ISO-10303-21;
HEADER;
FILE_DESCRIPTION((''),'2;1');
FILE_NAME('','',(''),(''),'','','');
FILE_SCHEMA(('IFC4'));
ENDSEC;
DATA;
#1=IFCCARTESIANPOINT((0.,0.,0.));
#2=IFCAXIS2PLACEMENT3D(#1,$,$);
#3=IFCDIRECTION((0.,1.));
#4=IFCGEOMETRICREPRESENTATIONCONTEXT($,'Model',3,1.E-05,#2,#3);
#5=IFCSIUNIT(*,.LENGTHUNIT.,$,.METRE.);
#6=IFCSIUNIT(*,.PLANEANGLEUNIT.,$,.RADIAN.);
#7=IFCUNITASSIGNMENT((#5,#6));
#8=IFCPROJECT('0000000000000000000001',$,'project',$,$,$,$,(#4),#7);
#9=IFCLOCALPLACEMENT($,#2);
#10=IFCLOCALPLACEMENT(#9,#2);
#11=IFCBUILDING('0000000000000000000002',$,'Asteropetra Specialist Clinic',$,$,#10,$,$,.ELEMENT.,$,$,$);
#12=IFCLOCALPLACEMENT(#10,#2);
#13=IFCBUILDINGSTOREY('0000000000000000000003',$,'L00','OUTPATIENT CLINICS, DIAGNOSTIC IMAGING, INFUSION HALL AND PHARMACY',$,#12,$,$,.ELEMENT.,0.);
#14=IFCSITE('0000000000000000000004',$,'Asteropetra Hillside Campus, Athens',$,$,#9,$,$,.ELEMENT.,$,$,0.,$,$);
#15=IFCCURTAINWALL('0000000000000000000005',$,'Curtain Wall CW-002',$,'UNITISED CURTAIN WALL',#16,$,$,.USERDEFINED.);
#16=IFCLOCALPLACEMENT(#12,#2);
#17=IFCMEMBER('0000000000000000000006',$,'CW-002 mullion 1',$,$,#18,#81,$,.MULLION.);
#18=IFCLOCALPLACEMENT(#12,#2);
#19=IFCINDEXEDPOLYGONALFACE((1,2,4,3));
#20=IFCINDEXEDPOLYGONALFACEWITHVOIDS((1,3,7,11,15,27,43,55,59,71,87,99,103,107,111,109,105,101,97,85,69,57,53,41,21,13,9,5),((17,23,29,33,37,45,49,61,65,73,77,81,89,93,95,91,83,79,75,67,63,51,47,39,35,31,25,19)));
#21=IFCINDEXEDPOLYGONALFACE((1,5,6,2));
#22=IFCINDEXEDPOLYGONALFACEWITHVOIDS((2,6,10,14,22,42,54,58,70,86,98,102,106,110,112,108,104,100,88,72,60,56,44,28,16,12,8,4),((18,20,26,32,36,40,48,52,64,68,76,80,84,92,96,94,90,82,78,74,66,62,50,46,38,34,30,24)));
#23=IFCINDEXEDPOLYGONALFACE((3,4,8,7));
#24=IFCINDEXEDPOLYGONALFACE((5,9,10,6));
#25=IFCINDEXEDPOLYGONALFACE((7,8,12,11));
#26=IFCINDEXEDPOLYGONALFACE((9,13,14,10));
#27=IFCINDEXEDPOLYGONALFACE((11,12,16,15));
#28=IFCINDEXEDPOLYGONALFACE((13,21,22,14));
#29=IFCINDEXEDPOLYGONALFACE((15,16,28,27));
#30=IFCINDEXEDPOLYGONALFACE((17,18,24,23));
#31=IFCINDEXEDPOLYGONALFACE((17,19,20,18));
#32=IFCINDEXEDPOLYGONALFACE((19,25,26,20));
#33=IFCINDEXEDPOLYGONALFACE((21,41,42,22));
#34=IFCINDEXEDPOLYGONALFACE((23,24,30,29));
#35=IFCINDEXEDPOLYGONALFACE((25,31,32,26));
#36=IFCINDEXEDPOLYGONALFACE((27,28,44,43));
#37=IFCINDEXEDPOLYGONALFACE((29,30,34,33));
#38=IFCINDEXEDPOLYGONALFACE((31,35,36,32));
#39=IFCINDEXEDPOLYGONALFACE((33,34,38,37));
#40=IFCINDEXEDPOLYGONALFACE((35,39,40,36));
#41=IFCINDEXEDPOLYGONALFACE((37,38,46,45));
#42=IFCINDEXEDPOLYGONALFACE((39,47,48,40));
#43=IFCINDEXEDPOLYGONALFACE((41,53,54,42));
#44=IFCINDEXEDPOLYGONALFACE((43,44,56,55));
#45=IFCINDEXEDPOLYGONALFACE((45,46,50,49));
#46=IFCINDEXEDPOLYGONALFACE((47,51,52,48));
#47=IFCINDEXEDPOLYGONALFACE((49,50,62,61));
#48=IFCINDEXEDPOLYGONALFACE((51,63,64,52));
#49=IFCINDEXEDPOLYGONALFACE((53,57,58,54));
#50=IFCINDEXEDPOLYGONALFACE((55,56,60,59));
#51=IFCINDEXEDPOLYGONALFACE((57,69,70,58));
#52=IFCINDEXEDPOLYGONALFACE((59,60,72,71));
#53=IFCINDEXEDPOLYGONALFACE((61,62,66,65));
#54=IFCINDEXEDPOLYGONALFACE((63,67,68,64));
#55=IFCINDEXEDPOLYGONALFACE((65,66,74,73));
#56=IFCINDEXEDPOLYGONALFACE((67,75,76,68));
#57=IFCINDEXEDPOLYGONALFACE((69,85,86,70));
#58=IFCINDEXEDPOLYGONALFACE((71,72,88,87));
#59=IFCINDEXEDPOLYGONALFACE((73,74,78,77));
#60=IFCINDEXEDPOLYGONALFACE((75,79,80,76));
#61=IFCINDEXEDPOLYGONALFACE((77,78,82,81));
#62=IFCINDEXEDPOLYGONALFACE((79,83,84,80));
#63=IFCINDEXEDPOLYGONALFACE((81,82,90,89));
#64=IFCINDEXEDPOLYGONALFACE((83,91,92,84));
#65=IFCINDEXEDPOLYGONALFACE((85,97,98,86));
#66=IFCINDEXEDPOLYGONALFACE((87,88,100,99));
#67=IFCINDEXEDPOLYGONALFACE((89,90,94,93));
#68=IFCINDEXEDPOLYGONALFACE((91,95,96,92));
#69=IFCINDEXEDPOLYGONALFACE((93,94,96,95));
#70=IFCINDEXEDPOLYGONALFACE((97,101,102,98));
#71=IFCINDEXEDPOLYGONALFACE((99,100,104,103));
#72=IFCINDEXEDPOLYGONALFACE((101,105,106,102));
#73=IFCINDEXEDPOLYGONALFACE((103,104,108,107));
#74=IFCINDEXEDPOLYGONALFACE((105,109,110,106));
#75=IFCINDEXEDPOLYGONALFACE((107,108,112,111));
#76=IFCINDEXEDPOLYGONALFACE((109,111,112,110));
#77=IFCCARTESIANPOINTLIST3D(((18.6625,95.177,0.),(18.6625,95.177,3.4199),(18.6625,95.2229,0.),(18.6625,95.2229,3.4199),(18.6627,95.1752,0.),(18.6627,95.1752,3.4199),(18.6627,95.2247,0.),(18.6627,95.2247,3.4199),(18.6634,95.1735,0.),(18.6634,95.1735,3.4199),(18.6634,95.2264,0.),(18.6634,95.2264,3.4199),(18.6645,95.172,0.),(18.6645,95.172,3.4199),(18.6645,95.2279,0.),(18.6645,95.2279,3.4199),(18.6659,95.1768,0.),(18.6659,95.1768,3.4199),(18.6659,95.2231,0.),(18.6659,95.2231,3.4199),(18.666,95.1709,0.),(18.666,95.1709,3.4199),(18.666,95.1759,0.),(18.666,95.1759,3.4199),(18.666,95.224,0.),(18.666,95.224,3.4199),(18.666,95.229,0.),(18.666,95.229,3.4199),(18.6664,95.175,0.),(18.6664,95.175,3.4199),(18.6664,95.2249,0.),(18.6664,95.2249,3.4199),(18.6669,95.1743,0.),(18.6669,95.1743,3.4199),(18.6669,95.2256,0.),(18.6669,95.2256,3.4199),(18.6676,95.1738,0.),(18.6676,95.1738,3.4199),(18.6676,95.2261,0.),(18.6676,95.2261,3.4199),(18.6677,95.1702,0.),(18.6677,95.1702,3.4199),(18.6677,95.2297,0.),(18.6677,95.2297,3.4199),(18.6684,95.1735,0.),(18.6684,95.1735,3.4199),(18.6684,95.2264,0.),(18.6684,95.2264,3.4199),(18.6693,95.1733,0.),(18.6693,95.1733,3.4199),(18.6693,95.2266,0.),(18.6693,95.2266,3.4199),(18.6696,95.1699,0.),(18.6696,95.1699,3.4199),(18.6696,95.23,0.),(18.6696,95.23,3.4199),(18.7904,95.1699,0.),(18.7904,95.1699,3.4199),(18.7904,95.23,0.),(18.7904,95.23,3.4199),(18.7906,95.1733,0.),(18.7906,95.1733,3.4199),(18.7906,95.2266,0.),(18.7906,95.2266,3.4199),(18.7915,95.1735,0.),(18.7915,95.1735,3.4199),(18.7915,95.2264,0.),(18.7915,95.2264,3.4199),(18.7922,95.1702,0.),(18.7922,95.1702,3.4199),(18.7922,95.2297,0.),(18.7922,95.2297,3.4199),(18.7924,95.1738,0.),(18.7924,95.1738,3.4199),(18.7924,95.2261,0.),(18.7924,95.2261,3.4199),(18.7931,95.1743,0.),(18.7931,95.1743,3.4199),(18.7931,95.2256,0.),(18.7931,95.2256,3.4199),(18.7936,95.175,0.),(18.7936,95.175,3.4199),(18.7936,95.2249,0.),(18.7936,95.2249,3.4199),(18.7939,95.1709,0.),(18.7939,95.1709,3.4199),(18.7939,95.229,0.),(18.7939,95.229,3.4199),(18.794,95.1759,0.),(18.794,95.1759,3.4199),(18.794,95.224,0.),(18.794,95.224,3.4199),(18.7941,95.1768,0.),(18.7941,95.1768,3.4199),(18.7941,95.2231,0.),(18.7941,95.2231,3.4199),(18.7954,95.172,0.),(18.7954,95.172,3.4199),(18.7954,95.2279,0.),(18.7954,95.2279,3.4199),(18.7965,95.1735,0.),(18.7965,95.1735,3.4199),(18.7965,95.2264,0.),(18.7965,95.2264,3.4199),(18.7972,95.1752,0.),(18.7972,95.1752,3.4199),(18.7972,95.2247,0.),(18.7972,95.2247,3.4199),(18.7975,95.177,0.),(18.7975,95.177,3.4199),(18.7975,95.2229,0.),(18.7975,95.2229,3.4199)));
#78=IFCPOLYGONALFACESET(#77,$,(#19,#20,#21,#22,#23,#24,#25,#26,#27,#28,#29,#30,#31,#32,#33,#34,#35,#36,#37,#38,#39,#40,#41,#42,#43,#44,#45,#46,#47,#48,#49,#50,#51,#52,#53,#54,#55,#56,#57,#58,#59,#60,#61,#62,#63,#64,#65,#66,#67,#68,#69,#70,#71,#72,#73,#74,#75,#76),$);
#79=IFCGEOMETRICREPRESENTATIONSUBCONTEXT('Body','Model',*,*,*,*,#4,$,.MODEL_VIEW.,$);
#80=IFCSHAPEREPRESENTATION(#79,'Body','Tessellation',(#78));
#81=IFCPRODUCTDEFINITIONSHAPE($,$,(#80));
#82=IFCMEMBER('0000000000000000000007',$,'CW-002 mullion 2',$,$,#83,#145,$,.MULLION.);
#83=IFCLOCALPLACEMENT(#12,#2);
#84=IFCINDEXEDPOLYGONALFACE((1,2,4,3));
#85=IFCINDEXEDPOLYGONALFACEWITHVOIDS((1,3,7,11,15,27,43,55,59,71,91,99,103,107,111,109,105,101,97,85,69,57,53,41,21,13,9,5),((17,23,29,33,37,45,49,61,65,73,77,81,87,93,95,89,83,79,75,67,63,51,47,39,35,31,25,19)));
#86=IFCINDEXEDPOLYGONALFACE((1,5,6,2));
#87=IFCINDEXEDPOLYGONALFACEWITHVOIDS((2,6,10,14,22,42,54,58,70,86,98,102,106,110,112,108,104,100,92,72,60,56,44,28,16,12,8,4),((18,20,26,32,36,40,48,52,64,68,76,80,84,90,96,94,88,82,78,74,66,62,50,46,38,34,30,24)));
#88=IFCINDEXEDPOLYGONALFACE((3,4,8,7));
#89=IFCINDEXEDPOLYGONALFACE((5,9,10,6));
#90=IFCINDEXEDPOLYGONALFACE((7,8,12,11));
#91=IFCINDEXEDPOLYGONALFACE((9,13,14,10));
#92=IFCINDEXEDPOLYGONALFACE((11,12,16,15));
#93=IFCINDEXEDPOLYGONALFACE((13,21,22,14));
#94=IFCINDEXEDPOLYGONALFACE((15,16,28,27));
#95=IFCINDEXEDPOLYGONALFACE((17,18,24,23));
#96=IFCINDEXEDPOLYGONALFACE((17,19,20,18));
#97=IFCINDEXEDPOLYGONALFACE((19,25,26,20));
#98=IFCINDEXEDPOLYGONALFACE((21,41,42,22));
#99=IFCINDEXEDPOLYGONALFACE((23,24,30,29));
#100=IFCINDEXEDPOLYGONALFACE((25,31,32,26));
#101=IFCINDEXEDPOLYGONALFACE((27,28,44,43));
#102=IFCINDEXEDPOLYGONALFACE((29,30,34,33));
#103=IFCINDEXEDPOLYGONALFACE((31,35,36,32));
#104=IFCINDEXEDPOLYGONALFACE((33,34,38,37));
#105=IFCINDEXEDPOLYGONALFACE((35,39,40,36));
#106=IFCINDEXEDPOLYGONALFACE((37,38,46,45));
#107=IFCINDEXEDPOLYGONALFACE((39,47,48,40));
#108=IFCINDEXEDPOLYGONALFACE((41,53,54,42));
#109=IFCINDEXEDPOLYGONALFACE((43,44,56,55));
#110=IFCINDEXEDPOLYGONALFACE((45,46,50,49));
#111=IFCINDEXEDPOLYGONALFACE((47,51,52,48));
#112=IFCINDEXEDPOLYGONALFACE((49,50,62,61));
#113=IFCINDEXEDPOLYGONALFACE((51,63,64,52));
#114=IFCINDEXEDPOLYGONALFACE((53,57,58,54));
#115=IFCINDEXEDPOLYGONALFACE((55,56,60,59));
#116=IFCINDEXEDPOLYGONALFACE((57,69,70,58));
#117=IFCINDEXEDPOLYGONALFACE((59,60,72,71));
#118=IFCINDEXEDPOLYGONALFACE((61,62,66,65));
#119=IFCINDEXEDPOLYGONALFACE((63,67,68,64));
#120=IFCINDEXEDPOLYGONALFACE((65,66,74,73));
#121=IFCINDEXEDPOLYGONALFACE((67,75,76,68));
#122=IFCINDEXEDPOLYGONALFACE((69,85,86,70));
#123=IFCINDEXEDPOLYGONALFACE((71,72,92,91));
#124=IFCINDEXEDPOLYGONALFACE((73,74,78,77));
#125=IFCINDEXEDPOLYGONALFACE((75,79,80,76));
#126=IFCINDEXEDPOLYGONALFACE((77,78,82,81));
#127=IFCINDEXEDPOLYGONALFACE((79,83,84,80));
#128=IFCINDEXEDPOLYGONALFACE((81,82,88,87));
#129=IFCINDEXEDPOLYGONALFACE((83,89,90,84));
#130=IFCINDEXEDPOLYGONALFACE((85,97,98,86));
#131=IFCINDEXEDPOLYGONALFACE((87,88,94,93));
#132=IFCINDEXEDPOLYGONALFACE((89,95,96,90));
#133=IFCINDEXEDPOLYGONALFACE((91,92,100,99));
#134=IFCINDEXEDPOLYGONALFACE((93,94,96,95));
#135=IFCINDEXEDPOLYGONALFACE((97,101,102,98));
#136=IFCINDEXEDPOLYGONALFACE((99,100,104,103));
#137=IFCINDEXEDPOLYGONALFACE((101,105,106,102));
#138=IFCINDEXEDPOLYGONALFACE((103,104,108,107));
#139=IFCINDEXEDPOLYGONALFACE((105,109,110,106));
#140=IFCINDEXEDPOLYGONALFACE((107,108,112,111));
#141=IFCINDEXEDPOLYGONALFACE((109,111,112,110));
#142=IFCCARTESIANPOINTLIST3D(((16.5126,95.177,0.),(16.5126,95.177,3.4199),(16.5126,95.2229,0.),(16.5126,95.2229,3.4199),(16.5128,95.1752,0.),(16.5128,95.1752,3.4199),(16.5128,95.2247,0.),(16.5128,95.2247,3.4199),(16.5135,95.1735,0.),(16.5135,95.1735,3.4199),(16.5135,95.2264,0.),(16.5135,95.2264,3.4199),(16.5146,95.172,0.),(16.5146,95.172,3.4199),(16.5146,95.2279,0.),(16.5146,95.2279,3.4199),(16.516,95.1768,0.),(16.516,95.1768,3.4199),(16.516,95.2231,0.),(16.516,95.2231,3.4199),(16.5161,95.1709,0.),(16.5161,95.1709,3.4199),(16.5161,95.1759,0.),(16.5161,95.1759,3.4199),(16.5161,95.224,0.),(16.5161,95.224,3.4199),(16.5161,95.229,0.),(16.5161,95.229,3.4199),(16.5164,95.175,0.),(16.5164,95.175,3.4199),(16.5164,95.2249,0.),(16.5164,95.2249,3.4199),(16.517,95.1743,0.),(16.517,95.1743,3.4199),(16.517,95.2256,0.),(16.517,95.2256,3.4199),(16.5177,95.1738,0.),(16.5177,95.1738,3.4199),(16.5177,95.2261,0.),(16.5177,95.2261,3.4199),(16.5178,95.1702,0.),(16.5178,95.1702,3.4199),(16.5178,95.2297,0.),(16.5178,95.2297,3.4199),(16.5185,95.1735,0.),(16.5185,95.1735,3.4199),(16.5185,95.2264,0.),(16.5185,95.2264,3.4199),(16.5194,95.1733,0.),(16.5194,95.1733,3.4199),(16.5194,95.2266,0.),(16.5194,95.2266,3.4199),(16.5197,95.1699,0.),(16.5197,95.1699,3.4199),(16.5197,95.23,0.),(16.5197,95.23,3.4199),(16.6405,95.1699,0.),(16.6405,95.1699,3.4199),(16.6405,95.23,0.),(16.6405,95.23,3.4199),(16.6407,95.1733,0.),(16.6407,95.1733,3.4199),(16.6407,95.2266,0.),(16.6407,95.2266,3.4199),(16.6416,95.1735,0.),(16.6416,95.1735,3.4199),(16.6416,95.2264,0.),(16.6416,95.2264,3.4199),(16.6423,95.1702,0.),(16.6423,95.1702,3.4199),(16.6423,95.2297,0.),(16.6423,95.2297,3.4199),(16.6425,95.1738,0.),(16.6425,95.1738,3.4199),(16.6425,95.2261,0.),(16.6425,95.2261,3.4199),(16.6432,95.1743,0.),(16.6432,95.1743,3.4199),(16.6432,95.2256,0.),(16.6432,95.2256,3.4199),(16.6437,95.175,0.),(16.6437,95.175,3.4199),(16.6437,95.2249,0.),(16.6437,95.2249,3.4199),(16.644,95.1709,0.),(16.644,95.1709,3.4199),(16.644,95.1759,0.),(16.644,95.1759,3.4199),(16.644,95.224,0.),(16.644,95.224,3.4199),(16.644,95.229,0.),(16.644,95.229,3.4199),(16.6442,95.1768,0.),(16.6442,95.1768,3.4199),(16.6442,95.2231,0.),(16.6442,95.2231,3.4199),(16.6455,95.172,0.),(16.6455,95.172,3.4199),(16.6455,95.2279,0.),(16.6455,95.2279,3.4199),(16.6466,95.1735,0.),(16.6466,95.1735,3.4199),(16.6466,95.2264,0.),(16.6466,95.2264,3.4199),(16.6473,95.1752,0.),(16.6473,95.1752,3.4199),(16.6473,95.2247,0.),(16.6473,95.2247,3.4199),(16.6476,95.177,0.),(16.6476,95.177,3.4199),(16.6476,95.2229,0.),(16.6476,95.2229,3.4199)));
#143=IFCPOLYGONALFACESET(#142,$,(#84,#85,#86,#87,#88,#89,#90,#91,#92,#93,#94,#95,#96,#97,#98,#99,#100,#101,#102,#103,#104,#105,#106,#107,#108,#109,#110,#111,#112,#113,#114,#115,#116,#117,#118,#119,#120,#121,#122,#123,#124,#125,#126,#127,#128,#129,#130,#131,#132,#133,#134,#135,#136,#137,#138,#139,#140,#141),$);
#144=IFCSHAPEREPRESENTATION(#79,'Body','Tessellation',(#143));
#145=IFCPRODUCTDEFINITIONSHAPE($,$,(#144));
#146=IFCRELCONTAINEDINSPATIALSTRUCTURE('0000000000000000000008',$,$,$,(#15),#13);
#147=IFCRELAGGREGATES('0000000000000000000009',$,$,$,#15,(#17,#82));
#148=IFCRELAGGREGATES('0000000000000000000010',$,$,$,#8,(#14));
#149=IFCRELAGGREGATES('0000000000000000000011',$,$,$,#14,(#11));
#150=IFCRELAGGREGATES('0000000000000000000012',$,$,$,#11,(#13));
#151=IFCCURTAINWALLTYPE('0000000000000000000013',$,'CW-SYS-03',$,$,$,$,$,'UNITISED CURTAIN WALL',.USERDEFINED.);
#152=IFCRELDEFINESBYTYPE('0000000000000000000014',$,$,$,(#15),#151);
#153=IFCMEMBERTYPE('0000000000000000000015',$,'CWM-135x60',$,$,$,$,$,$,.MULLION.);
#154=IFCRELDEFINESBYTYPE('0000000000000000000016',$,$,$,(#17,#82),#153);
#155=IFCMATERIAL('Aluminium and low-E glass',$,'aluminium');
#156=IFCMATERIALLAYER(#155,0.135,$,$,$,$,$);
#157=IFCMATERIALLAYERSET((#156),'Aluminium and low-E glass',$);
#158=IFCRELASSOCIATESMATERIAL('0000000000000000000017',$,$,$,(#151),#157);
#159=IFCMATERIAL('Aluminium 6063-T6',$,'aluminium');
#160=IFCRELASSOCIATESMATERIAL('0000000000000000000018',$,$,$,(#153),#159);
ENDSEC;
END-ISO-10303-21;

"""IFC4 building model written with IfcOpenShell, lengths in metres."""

from ifc_helpers import new_model, si_unit, direction, frame, origin, origin_2d, place, context, subcontext, project, spatial, hollow_rectangle, extrude, material, layer, layer_set, material_profile, profile_set, type_object, element, aggregate, save


model = new_model("IFC4")

# Units and contexts
model_context = context("Model", 3, precision=1e-05, world=origin(), true_north=direction((0.0, 1.0)))
body_context = subcontext(model_context, "Body", "Model", "MODEL_VIEW")
ifc_project = project(units=[si_unit("LENGTHUNIT", "METRE"), si_unit("PLANEANGLEUNIT", "RADIAN")], contexts=[model_context])

# Site, building, storey
site_placement = place(None, origin())
site = spatial("IfcSite", under=ifc_project, at=site_placement, Name="Asteropetra Hillside Campus, Athens", CompositionType="ELEMENT", RefElevation=0.0)
building_placement = place(site_placement, origin())
building = spatial("IfcBuilding", under=site, at=building_placement, Name="Asteropetra Specialist Clinic", CompositionType="ELEMENT")
storey_placement = place(building_placement, origin())
storey = spatial("IfcBuildingStorey", under=building, at=storey_placement, Name="L00", Description="OUTPATIENT CLINICS, DIAGNOSTIC IMAGING, INFUSION HALL AND PHARMACY", CompositionType="ELEMENT", Elevation=0.0)

# Curtain wall, members
ifc_material_1 = material(Name="Aluminium and low-E glass", Category="aluminium")
ifc_layer_1 = layer(ifc_material_1, 0.135)
ifc_layer_set_1 = layer_set([ifc_layer_1], Name="Aluminium and low-E glass")
curtain_wall_type_1 = type_object("IfcCurtainWallType", Name="CW-SYS-03", ElementType="UNITISED CURTAIN WALL", PredefinedType="USERDEFINED", material=ifc_layer_set_1)
curtain_wall_1_placement = place(storey_placement, origin())
curtain_wall_1 = element("IfcCurtainWall", 1, at=curtain_wall_1_placement, inside=storey, type_object=curtain_wall_type_1, Name="Curtain Wall CW-002", ObjectType="UNITISED CURTAIN WALL", PredefinedType="USERDEFINED")
ifc_material_2 = material(Name="Aluminium 6063-T6", Category="aluminium")
ifc_material_profile_1 = material_profile(ifc_material_2, hollow_rectangle(XDim=0.0601, YDim=0.135, WallThickness=0.0034, InnerFilletRadius=0.0034, OuterFilletRadius=0.0071, at=origin_2d()), Name="MUL 135x60x3.5")
ifc_profile_set_1 = profile_set([ifc_material_profile_1], Name="Aluminium 6063-T6")
member_type_1 = type_object("IfcMemberType", Name="CWM-135x60", PredefinedType="MULLION", material=ifc_profile_set_1)
member_1_placement = place(storey_placement, frame((18.73, 95.2, 0.0), z_axis=(0.0, 0.0, 1.0), x_axis=(0.0, -1.0, 0.0)))
member_1 = element("IfcMember", 2, at=member_1_placement, type_object=member_type_1, Name="CW-002 mullion 1", PredefinedType="MULLION", context=body_context, shape_type="SweptSolid", body=[
    extrude(hollow_rectangle(XDim=0.0601, YDim=0.135, WallThickness=0.0034, InnerFilletRadius=0.0034, OuterFilletRadius=0.0071, at=origin_2d()), origin(), (0.0, 0.0, 1.0), 3.4199),
])
member_2_placement = place(storey_placement, frame((16.5801, 95.2, 0.0), z_axis=(0.0, 0.0, 1.0), x_axis=(0.0, -1.0, 0.0)))
member_2 = element("IfcMember", 3, at=member_2_placement, type_object=member_type_1, Name="CW-002 mullion 2", PredefinedType="MULLION", context=body_context, shape_type="SweptSolid", body=[
    extrude(hollow_rectangle(XDim=0.0601, YDim=0.135, WallThickness=0.0034, InnerFilletRadius=0.0034, OuterFilletRadius=0.0071, at=origin_2d()), origin(), (0.0, 0.0, 1.0), 3.4199),
])

aggregate(curtain_wall_1, [member_1, member_2])

save(model, "model.ifc")
